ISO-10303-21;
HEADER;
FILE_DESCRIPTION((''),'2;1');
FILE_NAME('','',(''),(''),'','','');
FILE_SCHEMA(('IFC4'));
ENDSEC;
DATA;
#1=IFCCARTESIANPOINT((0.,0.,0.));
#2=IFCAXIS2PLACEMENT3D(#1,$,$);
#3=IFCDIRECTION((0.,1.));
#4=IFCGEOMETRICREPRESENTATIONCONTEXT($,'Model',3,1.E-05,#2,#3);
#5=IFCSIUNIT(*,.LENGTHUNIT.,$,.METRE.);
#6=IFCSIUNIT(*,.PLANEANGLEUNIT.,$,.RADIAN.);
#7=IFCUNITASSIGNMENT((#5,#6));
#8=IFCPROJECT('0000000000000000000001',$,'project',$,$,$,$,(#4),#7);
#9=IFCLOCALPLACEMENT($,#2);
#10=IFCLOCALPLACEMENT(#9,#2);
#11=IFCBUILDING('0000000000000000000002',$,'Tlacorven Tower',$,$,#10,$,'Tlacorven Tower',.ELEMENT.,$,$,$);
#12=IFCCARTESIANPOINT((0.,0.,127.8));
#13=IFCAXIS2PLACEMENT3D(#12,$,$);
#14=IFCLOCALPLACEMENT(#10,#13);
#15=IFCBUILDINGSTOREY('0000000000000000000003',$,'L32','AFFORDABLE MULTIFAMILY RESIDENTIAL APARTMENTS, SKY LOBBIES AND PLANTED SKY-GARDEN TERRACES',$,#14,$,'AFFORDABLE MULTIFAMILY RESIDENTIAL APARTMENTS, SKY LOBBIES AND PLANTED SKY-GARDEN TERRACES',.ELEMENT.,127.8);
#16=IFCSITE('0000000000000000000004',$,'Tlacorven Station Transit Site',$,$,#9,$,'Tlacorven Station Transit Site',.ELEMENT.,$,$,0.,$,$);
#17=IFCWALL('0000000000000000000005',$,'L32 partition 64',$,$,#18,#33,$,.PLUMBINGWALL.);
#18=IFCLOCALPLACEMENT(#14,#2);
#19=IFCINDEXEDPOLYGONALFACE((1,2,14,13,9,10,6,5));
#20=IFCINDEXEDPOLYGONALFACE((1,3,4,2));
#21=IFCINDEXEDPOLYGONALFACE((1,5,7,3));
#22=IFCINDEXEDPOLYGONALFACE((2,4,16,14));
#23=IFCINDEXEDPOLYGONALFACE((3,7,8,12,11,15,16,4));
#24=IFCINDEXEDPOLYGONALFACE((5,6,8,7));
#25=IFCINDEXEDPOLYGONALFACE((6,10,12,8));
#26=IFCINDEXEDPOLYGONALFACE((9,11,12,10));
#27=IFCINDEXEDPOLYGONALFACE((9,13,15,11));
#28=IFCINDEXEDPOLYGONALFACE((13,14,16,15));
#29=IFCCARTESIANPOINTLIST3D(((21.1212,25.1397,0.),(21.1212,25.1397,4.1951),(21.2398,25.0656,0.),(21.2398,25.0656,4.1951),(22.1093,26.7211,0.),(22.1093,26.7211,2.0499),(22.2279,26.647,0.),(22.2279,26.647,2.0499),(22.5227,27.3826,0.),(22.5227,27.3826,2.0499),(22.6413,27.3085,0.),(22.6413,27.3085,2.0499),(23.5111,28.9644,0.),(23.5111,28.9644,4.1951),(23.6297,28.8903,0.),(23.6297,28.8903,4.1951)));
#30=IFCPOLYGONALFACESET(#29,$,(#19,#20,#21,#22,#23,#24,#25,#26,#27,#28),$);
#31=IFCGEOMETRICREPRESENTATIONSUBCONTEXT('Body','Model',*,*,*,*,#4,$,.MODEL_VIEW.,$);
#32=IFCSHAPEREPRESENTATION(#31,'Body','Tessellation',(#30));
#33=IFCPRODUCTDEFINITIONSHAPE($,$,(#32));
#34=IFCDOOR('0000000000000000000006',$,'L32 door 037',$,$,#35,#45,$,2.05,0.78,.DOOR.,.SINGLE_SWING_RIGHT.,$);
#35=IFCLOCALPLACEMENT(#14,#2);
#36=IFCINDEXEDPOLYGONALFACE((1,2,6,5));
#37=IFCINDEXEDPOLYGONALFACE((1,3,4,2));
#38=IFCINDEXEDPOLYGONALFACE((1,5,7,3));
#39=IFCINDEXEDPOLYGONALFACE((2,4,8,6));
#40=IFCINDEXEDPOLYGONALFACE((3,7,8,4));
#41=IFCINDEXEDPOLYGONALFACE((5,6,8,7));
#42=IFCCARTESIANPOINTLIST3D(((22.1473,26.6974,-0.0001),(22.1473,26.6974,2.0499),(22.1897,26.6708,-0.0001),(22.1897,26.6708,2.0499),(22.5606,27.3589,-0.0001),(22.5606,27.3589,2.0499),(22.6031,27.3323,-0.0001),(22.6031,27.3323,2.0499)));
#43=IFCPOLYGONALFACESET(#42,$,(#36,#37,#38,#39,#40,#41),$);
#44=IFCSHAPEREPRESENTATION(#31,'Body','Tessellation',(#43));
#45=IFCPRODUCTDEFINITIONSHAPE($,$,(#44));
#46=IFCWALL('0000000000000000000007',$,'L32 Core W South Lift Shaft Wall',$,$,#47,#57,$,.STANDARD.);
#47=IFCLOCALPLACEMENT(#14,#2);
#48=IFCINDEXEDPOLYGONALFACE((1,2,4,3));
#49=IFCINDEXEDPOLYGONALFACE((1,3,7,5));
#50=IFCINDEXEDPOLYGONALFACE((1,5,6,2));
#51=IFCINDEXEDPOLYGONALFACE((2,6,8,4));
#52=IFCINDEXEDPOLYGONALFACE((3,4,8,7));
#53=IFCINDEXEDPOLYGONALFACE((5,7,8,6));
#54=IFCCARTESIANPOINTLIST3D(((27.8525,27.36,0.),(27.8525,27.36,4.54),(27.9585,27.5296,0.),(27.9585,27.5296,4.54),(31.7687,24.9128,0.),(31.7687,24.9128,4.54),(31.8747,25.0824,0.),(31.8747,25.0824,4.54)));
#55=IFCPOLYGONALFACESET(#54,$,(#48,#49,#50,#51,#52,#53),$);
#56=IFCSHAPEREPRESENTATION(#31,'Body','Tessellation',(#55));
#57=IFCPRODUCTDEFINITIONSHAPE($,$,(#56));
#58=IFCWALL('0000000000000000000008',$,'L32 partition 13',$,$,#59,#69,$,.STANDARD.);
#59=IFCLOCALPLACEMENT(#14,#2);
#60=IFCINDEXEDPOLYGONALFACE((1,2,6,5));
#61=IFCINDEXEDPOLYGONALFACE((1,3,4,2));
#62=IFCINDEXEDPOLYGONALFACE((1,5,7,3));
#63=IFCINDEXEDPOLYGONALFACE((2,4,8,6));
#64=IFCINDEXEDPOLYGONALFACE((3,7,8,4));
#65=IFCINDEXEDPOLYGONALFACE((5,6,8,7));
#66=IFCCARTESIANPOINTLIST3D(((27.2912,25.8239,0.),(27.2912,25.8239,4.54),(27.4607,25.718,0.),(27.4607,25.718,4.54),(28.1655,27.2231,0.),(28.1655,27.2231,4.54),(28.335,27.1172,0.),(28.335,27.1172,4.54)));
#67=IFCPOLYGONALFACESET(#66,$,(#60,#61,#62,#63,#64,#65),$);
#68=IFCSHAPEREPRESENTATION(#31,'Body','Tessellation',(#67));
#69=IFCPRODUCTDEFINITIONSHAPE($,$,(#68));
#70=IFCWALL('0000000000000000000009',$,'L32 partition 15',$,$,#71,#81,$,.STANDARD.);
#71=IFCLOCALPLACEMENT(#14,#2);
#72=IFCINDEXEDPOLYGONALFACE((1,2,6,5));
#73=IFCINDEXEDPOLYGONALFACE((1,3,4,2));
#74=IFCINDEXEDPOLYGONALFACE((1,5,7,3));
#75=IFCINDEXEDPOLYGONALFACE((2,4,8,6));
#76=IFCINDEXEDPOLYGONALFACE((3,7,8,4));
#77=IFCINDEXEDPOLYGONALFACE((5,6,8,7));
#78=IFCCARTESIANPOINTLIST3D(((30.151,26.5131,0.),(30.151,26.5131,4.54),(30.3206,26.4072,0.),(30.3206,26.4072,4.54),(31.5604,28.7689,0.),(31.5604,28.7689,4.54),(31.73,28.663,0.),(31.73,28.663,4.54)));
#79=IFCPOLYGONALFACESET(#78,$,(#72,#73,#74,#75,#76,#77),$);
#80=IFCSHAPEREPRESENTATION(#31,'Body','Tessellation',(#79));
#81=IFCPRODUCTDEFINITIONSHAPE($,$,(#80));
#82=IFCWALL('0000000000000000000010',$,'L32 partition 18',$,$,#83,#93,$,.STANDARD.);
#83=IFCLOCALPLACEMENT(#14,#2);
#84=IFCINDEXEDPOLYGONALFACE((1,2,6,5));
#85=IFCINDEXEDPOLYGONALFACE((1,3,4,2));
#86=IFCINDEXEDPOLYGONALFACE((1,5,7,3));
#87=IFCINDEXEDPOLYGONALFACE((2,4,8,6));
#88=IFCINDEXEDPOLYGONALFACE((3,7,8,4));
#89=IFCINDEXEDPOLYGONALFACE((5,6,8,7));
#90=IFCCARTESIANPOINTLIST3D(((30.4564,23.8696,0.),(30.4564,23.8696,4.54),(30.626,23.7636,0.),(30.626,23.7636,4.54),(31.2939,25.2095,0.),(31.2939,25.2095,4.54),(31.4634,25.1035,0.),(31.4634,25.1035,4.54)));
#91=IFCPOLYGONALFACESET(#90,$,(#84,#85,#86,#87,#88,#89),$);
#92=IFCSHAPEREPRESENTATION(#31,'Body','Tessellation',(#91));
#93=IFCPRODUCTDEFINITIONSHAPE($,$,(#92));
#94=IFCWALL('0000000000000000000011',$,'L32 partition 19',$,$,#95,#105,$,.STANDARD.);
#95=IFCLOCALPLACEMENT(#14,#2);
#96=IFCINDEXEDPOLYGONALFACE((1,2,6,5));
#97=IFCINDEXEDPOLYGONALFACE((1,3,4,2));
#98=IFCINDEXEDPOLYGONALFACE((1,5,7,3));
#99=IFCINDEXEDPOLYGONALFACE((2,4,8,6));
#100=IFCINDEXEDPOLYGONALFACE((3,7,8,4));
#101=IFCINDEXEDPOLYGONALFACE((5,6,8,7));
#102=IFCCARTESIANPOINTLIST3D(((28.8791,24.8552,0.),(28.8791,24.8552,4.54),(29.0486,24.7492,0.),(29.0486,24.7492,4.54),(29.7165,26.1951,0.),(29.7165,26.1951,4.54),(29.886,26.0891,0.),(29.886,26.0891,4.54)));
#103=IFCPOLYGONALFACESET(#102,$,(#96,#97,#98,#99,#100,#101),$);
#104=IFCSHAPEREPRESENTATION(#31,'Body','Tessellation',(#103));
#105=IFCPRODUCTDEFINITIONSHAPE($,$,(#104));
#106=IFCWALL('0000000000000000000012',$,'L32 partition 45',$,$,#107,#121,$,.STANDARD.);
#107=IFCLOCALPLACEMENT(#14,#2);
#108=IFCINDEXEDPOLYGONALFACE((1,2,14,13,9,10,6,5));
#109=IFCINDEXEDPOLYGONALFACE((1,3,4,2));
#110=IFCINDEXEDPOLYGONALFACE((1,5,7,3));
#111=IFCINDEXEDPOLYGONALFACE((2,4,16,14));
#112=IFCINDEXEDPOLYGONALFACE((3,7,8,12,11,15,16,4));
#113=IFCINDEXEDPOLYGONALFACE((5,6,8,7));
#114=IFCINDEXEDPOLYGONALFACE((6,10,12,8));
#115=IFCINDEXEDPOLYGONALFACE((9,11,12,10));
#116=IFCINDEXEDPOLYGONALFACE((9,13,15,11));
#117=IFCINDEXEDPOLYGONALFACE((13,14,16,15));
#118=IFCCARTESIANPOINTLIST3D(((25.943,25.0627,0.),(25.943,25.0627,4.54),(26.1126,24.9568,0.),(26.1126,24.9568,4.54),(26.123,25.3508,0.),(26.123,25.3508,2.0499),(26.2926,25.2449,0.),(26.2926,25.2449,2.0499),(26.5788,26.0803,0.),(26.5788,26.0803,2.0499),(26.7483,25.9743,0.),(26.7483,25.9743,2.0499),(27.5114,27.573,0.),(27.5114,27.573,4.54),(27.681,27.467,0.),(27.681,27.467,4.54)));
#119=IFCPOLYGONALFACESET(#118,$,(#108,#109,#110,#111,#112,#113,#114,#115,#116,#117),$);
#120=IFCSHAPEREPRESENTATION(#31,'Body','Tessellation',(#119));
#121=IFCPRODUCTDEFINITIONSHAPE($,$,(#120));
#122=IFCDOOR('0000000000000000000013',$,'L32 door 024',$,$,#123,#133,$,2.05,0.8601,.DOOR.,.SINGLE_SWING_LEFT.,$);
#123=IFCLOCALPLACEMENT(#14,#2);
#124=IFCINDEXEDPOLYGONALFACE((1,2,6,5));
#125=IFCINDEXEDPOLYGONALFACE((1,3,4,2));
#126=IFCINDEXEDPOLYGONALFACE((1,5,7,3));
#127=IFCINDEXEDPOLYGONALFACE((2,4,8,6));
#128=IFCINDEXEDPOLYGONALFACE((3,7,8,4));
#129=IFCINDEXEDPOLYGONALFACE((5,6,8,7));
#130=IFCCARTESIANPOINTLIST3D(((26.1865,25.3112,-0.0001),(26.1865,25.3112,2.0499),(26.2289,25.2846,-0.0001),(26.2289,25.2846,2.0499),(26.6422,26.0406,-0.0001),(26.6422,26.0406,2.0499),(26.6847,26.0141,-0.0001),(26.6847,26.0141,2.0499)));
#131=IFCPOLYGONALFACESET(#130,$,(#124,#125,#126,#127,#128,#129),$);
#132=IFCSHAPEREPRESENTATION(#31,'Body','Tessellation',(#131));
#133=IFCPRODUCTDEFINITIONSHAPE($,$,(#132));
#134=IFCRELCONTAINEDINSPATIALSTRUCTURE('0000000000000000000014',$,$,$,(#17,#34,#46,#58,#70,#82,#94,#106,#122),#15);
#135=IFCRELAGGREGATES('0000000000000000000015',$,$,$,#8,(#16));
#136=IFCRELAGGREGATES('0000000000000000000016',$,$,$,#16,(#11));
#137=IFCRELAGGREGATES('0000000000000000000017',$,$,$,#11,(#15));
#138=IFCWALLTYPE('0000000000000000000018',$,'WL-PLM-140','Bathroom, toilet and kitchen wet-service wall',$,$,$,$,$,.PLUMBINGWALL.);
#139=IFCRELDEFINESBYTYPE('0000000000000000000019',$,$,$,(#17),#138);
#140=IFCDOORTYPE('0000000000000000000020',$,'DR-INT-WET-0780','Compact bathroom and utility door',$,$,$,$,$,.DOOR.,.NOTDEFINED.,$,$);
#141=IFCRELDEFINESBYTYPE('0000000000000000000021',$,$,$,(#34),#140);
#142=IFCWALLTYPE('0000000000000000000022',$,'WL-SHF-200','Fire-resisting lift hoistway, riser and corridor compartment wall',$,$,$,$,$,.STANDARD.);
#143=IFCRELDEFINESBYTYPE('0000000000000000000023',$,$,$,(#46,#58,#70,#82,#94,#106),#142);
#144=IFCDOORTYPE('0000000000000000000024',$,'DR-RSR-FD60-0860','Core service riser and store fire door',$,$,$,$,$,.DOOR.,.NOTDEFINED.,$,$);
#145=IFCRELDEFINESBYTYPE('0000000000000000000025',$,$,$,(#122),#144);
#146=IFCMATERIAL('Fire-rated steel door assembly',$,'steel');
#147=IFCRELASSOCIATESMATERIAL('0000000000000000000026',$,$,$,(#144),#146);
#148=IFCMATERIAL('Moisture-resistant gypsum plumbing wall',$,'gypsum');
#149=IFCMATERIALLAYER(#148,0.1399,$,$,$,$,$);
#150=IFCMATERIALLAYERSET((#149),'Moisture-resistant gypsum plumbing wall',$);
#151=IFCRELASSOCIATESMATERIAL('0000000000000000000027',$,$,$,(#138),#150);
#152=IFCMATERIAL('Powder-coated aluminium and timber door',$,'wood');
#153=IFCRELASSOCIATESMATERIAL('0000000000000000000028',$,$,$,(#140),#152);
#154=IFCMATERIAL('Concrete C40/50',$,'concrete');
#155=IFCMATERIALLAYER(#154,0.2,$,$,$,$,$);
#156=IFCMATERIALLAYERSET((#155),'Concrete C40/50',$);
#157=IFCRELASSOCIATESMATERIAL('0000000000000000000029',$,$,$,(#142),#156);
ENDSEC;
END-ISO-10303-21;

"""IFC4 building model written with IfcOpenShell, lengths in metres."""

from ifc_helpers import new_model, si_unit, direction, frame, frame_2d, origin, place, context, subcontext, project, spatial, rectangle, extrude, source, transform, mapped, material, layer, layer_set, type_object, element, fill, save


model = new_model("IFC4")

# Units and contexts
model_context = context("Model", 3, precision=1e-05, world=origin(), true_north=direction((0.0, 1.0)))
body_context = subcontext(model_context, "Body", "Model", "MODEL_VIEW")
ifc_project = project(units=[si_unit("LENGTHUNIT", "METRE"), si_unit("PLANEANGLEUNIT", "RADIAN")], contexts=[model_context])

# Site, building, storey
site_placement = place(None, origin())
site = spatial("IfcSite", under=ifc_project, at=site_placement, Name="Tlacorven Station Transit Site", LongName="Tlacorven Station Transit Site", CompositionType="ELEMENT", RefElevation=0.0)
building_placement = place(site_placement, origin())
building = spatial("IfcBuilding", under=site, at=building_placement, Name="Tlacorven Tower", LongName="Tlacorven Tower", CompositionType="ELEMENT")
storey_placement = place(building_placement, frame((0.0, 0.0, 127.8)))
storey = spatial("IfcBuildingStorey", under=building, at=storey_placement, Name="L32", Description="AFFORDABLE MULTIFAMILY RESIDENTIAL APARTMENTS, SKY LOBBIES AND PLANTED SKY-GARDEN TERRACES", LongName="AFFORDABLE MULTIFAMILY RESIDENTIAL APARTMENTS, SKY LOBBIES AND PLANTED SKY-GARDEN TERRACES", CompositionType="ELEMENT", Elevation=127.8)

# Shared definitions
ifc_material_1 = material(Name="Fire-rated steel door assembly", Category="steel")
door_type_1 = type_object("IfcDoorType", Name="DR-RSR-FD60-0860", Description="Core service riser and store fire door", OperationType="NOTDEFINED", PredefinedType="DOOR", material=ifc_material_1)
shared_shape_1 = source(origin(), body_context, "Body", "SweptSolid", [
    extrude(rectangle(XDim=0.8601, YDim=2.05, at=frame_2d((0.4302, 1.0249))), frame((0.0, 0.0249, 0.0), z_axis=(0.0, -1.0, 0.0), x_axis=(1.0, 0.0, 0.0)), (0.0, 0.0, 1.0), 0.05),
])

# Wall, opening, door
ifc_material_2 = material(Name="Moisture-resistant gypsum plumbing wall", Category="gypsum")
ifc_layer_1 = layer(ifc_material_2, 0.1399)
ifc_layer_set_1 = layer_set([ifc_layer_1], Name="Moisture-resistant gypsum plumbing wall")
wall_type_1 = type_object("IfcWallType", Name="WL-PLM-140", Description="Bathroom, toilet and kitchen wet-service wall", PredefinedType="PLUMBINGWALL", material=ifc_layer_set_1)
ifc_material_3 = material(Name="Powder-coated aluminium and timber door", Category="wood")
wall_1_placement = place(storey_placement, frame((23.5703, 28.9272, 0.0), z_axis=(0.0, 0.0, 1.0), x_axis=(-0.529911, -0.848053, 0.0)))
wall_1 = element("IfcWall", 1, at=wall_1_placement, inside=storey, type_object=wall_type_1, Name="L32 partition 64", PredefinedType="PLUMBINGWALL", context=body_context, shape_type="SweptSolid", body=[
    extrude(rectangle(XDim=4.51, YDim=0.1399, at=frame_2d((2.2549, 0.0))), origin(), (0.0, 0.0, 1.0), 4.1951),
])
opening_1_placement = place(wall_1_placement, frame((1.865, 0.0, 0.0)))
opening_1 = element("IfcOpeningElement", 2, at=opening_1_placement, cuts=wall_1, PredefinedType="OPENING", context=body_context, shape_type="SweptSolid", body=[
    extrude(rectangle(XDim=0.78, YDim=2.05, at=frame_2d((0.3901, 1.0249))), frame((0.0, 0.0801, 0.0), z_axis=(0.0, -1.0, 0.0), x_axis=(1.0, 0.0, 0.0)), (0.0, 0.0, 1.0), 0.1599),
])
door_type_2 = type_object("IfcDoorType", Name="DR-INT-WET-0780", Description="Compact bathroom and utility door", OperationType="NOTDEFINED", PredefinedType="DOOR", material=ifc_material_3)
shared_shape_2 = source(origin(), body_context, "Body", "SweptSolid", [
    extrude(rectangle(XDim=0.78, YDim=2.05, at=frame_2d((0.3901, 1.0249))), frame((0.0, 0.0249, 0.0), z_axis=(0.0, -1.0, 0.0), x_axis=(1.0, 0.0, 0.0)), (0.0, 0.0, 1.0), 0.05),
])
door_1_placement = place(opening_1_placement, origin())
door_1 = element("IfcDoor", 3, at=door_1_placement, inside=storey, type_object=door_type_2, Name="L32 door 037", OperationType="SINGLE_SWING_RIGHT", OverallHeight=2.05, OverallWidth=0.78, PredefinedType="DOOR", context=body_context, shape_type="MappedRepresentation", body=[
    mapped(shared_shape_2, transform((0.0, 0.0, 0.0), scale=1.0)),
])
fill(opening_1, door_1)

# Walls
ifc_material_4 = material(Name="Concrete C40/50", Category="concrete")
ifc_layer_2 = layer(ifc_material_4, 0.2)
ifc_layer_set_2 = layer_set([ifc_layer_2], Name="Concrete C40/50")
wall_type_2 = type_object("IfcWallType", Name="WL-SHF-200", Description="Fire-resisting lift hoistway, riser and corridor compartment wall", PredefinedType="STANDARD", material=ifc_layer_set_2)
wall_2_placement = place(storey_placement, frame((31.8218, 24.9976, 0.0), z_axis=(0.0, 0.0, 1.0), x_axis=(-0.848037, 0.529937, 0.0)))
element("IfcWall", 4, at=wall_2_placement, inside=storey, type_object=wall_type_2, Name="L32 Core W South Lift Shaft Wall", PredefinedType="STANDARD", context=body_context, shape_type="SweptSolid", body=[
    extrude(rectangle(XDim=4.6179, YDim=0.2, at=frame_2d((2.3091, 0.0))), origin(), (0.0, 0.0, 1.0), 4.54),
])
wall_3_placement = place(storey_placement, frame((28.2502, 27.1702, 0.0), z_axis=(0.0, 0.0, 1.0), x_axis=(-0.529906, -0.848056, 0.0)))
element("IfcWall", 5, at=wall_3_placement, inside=storey, type_object=wall_type_2, Name="L32 partition 13", PredefinedType="STANDARD", context=body_context, shape_type="SweptSolid", body=[
    extrude(rectangle(XDim=1.6499, YDim=0.2, at=frame_2d((0.825, 0.0))), origin(), (0.0, 0.0, 1.0), 4.54),
])
wall_4_placement = place(storey_placement, frame((31.6453, 28.7161, 0.0), z_axis=(0.0, 0.0, 1.0), x_axis=(-0.529867, -0.848081, 0.0)))
element("IfcWall", 6, at=wall_4_placement, inside=storey, type_object=wall_type_2, Name="L32 partition 15", PredefinedType="STANDARD", context=body_context, shape_type="SweptSolid", body=[
    extrude(rectangle(XDim=2.6599, YDim=0.2, at=frame_2d((1.3301, 0.0))), origin(), (0.0, 0.0, 1.0), 4.54),
])
for number, where, z_axis, x_axis, name in (
    (7, (31.3787, 25.1565, 0.0), (0.0, 0.0, 1.0), (-0.529999, -0.847998, 0.0), "L32 partition 18"),
    (8, (29.8013, 26.1421, 0.0), (0.0, 0.0, 1.0), (-0.529999, -0.847998, 0.0), "L32 partition 19"),
):
    element("IfcWall", number, at=place(storey_placement, frame(where, z_axis=z_axis, x_axis=x_axis)), inside=storey, type_object=wall_type_2, Name=name, PredefinedType="STANDARD", context=body_context, shape_type="SweptSolid", body=[
        extrude(rectangle(XDim=1.5801, YDim=0.2, at=frame_2d((0.79, 0.0))), origin(), (0.0, 0.0, 1.0), 4.54),
    ])

# Wall, opening, door
wall_5_placement = place(storey_placement, frame((27.5962, 27.52, 0.0), z_axis=(0.0, 0.0, 1.0), x_axis=(-0.529865, -0.848082, 0.0)))
wall_5 = element("IfcWall", 9, at=wall_5_placement, inside=storey, type_object=wall_type_2, Name="L32 partition 45", PredefinedType="STANDARD", context=body_context, shape_type="SweptSolid", body=[
    extrude(rectangle(XDim=2.96, YDim=0.2, at=frame_2d((1.48, 0.0))), origin(), (0.0, 0.0, 1.0), 4.54),
])
opening_2_placement = place(wall_5_placement, frame((1.76, 0.0, 0.0)))
opening_2 = element("IfcOpeningElement", 10, at=opening_2_placement, cuts=wall_5, PredefinedType="OPENING", context=body_context, shape_type="SweptSolid", body=[
    extrude(rectangle(XDim=0.8601, YDim=2.05, at=frame_2d((0.4302, 1.0249))), frame((0.0, 0.1099, 0.0), z_axis=(0.0, -1.0, 0.0), x_axis=(1.0, 0.0, 0.0)), (0.0, 0.0, 1.0), 0.22),
])
door_2_placement = place(opening_2_placement, origin())
door_2 = element("IfcDoor", 11, at=door_2_placement, inside=storey, type_object=door_type_1, Name="L32 door 024", OperationType="SINGLE_SWING_LEFT", OverallHeight=2.05, OverallWidth=0.8601, PredefinedType="DOOR", context=body_context, shape_type="MappedRepresentation", body=[
    mapped(shared_shape_1, transform((0.0, 0.0, 0.0), scale=1.0)),
])
fill(opening_2, door_2)

save(model, "model.ifc")
